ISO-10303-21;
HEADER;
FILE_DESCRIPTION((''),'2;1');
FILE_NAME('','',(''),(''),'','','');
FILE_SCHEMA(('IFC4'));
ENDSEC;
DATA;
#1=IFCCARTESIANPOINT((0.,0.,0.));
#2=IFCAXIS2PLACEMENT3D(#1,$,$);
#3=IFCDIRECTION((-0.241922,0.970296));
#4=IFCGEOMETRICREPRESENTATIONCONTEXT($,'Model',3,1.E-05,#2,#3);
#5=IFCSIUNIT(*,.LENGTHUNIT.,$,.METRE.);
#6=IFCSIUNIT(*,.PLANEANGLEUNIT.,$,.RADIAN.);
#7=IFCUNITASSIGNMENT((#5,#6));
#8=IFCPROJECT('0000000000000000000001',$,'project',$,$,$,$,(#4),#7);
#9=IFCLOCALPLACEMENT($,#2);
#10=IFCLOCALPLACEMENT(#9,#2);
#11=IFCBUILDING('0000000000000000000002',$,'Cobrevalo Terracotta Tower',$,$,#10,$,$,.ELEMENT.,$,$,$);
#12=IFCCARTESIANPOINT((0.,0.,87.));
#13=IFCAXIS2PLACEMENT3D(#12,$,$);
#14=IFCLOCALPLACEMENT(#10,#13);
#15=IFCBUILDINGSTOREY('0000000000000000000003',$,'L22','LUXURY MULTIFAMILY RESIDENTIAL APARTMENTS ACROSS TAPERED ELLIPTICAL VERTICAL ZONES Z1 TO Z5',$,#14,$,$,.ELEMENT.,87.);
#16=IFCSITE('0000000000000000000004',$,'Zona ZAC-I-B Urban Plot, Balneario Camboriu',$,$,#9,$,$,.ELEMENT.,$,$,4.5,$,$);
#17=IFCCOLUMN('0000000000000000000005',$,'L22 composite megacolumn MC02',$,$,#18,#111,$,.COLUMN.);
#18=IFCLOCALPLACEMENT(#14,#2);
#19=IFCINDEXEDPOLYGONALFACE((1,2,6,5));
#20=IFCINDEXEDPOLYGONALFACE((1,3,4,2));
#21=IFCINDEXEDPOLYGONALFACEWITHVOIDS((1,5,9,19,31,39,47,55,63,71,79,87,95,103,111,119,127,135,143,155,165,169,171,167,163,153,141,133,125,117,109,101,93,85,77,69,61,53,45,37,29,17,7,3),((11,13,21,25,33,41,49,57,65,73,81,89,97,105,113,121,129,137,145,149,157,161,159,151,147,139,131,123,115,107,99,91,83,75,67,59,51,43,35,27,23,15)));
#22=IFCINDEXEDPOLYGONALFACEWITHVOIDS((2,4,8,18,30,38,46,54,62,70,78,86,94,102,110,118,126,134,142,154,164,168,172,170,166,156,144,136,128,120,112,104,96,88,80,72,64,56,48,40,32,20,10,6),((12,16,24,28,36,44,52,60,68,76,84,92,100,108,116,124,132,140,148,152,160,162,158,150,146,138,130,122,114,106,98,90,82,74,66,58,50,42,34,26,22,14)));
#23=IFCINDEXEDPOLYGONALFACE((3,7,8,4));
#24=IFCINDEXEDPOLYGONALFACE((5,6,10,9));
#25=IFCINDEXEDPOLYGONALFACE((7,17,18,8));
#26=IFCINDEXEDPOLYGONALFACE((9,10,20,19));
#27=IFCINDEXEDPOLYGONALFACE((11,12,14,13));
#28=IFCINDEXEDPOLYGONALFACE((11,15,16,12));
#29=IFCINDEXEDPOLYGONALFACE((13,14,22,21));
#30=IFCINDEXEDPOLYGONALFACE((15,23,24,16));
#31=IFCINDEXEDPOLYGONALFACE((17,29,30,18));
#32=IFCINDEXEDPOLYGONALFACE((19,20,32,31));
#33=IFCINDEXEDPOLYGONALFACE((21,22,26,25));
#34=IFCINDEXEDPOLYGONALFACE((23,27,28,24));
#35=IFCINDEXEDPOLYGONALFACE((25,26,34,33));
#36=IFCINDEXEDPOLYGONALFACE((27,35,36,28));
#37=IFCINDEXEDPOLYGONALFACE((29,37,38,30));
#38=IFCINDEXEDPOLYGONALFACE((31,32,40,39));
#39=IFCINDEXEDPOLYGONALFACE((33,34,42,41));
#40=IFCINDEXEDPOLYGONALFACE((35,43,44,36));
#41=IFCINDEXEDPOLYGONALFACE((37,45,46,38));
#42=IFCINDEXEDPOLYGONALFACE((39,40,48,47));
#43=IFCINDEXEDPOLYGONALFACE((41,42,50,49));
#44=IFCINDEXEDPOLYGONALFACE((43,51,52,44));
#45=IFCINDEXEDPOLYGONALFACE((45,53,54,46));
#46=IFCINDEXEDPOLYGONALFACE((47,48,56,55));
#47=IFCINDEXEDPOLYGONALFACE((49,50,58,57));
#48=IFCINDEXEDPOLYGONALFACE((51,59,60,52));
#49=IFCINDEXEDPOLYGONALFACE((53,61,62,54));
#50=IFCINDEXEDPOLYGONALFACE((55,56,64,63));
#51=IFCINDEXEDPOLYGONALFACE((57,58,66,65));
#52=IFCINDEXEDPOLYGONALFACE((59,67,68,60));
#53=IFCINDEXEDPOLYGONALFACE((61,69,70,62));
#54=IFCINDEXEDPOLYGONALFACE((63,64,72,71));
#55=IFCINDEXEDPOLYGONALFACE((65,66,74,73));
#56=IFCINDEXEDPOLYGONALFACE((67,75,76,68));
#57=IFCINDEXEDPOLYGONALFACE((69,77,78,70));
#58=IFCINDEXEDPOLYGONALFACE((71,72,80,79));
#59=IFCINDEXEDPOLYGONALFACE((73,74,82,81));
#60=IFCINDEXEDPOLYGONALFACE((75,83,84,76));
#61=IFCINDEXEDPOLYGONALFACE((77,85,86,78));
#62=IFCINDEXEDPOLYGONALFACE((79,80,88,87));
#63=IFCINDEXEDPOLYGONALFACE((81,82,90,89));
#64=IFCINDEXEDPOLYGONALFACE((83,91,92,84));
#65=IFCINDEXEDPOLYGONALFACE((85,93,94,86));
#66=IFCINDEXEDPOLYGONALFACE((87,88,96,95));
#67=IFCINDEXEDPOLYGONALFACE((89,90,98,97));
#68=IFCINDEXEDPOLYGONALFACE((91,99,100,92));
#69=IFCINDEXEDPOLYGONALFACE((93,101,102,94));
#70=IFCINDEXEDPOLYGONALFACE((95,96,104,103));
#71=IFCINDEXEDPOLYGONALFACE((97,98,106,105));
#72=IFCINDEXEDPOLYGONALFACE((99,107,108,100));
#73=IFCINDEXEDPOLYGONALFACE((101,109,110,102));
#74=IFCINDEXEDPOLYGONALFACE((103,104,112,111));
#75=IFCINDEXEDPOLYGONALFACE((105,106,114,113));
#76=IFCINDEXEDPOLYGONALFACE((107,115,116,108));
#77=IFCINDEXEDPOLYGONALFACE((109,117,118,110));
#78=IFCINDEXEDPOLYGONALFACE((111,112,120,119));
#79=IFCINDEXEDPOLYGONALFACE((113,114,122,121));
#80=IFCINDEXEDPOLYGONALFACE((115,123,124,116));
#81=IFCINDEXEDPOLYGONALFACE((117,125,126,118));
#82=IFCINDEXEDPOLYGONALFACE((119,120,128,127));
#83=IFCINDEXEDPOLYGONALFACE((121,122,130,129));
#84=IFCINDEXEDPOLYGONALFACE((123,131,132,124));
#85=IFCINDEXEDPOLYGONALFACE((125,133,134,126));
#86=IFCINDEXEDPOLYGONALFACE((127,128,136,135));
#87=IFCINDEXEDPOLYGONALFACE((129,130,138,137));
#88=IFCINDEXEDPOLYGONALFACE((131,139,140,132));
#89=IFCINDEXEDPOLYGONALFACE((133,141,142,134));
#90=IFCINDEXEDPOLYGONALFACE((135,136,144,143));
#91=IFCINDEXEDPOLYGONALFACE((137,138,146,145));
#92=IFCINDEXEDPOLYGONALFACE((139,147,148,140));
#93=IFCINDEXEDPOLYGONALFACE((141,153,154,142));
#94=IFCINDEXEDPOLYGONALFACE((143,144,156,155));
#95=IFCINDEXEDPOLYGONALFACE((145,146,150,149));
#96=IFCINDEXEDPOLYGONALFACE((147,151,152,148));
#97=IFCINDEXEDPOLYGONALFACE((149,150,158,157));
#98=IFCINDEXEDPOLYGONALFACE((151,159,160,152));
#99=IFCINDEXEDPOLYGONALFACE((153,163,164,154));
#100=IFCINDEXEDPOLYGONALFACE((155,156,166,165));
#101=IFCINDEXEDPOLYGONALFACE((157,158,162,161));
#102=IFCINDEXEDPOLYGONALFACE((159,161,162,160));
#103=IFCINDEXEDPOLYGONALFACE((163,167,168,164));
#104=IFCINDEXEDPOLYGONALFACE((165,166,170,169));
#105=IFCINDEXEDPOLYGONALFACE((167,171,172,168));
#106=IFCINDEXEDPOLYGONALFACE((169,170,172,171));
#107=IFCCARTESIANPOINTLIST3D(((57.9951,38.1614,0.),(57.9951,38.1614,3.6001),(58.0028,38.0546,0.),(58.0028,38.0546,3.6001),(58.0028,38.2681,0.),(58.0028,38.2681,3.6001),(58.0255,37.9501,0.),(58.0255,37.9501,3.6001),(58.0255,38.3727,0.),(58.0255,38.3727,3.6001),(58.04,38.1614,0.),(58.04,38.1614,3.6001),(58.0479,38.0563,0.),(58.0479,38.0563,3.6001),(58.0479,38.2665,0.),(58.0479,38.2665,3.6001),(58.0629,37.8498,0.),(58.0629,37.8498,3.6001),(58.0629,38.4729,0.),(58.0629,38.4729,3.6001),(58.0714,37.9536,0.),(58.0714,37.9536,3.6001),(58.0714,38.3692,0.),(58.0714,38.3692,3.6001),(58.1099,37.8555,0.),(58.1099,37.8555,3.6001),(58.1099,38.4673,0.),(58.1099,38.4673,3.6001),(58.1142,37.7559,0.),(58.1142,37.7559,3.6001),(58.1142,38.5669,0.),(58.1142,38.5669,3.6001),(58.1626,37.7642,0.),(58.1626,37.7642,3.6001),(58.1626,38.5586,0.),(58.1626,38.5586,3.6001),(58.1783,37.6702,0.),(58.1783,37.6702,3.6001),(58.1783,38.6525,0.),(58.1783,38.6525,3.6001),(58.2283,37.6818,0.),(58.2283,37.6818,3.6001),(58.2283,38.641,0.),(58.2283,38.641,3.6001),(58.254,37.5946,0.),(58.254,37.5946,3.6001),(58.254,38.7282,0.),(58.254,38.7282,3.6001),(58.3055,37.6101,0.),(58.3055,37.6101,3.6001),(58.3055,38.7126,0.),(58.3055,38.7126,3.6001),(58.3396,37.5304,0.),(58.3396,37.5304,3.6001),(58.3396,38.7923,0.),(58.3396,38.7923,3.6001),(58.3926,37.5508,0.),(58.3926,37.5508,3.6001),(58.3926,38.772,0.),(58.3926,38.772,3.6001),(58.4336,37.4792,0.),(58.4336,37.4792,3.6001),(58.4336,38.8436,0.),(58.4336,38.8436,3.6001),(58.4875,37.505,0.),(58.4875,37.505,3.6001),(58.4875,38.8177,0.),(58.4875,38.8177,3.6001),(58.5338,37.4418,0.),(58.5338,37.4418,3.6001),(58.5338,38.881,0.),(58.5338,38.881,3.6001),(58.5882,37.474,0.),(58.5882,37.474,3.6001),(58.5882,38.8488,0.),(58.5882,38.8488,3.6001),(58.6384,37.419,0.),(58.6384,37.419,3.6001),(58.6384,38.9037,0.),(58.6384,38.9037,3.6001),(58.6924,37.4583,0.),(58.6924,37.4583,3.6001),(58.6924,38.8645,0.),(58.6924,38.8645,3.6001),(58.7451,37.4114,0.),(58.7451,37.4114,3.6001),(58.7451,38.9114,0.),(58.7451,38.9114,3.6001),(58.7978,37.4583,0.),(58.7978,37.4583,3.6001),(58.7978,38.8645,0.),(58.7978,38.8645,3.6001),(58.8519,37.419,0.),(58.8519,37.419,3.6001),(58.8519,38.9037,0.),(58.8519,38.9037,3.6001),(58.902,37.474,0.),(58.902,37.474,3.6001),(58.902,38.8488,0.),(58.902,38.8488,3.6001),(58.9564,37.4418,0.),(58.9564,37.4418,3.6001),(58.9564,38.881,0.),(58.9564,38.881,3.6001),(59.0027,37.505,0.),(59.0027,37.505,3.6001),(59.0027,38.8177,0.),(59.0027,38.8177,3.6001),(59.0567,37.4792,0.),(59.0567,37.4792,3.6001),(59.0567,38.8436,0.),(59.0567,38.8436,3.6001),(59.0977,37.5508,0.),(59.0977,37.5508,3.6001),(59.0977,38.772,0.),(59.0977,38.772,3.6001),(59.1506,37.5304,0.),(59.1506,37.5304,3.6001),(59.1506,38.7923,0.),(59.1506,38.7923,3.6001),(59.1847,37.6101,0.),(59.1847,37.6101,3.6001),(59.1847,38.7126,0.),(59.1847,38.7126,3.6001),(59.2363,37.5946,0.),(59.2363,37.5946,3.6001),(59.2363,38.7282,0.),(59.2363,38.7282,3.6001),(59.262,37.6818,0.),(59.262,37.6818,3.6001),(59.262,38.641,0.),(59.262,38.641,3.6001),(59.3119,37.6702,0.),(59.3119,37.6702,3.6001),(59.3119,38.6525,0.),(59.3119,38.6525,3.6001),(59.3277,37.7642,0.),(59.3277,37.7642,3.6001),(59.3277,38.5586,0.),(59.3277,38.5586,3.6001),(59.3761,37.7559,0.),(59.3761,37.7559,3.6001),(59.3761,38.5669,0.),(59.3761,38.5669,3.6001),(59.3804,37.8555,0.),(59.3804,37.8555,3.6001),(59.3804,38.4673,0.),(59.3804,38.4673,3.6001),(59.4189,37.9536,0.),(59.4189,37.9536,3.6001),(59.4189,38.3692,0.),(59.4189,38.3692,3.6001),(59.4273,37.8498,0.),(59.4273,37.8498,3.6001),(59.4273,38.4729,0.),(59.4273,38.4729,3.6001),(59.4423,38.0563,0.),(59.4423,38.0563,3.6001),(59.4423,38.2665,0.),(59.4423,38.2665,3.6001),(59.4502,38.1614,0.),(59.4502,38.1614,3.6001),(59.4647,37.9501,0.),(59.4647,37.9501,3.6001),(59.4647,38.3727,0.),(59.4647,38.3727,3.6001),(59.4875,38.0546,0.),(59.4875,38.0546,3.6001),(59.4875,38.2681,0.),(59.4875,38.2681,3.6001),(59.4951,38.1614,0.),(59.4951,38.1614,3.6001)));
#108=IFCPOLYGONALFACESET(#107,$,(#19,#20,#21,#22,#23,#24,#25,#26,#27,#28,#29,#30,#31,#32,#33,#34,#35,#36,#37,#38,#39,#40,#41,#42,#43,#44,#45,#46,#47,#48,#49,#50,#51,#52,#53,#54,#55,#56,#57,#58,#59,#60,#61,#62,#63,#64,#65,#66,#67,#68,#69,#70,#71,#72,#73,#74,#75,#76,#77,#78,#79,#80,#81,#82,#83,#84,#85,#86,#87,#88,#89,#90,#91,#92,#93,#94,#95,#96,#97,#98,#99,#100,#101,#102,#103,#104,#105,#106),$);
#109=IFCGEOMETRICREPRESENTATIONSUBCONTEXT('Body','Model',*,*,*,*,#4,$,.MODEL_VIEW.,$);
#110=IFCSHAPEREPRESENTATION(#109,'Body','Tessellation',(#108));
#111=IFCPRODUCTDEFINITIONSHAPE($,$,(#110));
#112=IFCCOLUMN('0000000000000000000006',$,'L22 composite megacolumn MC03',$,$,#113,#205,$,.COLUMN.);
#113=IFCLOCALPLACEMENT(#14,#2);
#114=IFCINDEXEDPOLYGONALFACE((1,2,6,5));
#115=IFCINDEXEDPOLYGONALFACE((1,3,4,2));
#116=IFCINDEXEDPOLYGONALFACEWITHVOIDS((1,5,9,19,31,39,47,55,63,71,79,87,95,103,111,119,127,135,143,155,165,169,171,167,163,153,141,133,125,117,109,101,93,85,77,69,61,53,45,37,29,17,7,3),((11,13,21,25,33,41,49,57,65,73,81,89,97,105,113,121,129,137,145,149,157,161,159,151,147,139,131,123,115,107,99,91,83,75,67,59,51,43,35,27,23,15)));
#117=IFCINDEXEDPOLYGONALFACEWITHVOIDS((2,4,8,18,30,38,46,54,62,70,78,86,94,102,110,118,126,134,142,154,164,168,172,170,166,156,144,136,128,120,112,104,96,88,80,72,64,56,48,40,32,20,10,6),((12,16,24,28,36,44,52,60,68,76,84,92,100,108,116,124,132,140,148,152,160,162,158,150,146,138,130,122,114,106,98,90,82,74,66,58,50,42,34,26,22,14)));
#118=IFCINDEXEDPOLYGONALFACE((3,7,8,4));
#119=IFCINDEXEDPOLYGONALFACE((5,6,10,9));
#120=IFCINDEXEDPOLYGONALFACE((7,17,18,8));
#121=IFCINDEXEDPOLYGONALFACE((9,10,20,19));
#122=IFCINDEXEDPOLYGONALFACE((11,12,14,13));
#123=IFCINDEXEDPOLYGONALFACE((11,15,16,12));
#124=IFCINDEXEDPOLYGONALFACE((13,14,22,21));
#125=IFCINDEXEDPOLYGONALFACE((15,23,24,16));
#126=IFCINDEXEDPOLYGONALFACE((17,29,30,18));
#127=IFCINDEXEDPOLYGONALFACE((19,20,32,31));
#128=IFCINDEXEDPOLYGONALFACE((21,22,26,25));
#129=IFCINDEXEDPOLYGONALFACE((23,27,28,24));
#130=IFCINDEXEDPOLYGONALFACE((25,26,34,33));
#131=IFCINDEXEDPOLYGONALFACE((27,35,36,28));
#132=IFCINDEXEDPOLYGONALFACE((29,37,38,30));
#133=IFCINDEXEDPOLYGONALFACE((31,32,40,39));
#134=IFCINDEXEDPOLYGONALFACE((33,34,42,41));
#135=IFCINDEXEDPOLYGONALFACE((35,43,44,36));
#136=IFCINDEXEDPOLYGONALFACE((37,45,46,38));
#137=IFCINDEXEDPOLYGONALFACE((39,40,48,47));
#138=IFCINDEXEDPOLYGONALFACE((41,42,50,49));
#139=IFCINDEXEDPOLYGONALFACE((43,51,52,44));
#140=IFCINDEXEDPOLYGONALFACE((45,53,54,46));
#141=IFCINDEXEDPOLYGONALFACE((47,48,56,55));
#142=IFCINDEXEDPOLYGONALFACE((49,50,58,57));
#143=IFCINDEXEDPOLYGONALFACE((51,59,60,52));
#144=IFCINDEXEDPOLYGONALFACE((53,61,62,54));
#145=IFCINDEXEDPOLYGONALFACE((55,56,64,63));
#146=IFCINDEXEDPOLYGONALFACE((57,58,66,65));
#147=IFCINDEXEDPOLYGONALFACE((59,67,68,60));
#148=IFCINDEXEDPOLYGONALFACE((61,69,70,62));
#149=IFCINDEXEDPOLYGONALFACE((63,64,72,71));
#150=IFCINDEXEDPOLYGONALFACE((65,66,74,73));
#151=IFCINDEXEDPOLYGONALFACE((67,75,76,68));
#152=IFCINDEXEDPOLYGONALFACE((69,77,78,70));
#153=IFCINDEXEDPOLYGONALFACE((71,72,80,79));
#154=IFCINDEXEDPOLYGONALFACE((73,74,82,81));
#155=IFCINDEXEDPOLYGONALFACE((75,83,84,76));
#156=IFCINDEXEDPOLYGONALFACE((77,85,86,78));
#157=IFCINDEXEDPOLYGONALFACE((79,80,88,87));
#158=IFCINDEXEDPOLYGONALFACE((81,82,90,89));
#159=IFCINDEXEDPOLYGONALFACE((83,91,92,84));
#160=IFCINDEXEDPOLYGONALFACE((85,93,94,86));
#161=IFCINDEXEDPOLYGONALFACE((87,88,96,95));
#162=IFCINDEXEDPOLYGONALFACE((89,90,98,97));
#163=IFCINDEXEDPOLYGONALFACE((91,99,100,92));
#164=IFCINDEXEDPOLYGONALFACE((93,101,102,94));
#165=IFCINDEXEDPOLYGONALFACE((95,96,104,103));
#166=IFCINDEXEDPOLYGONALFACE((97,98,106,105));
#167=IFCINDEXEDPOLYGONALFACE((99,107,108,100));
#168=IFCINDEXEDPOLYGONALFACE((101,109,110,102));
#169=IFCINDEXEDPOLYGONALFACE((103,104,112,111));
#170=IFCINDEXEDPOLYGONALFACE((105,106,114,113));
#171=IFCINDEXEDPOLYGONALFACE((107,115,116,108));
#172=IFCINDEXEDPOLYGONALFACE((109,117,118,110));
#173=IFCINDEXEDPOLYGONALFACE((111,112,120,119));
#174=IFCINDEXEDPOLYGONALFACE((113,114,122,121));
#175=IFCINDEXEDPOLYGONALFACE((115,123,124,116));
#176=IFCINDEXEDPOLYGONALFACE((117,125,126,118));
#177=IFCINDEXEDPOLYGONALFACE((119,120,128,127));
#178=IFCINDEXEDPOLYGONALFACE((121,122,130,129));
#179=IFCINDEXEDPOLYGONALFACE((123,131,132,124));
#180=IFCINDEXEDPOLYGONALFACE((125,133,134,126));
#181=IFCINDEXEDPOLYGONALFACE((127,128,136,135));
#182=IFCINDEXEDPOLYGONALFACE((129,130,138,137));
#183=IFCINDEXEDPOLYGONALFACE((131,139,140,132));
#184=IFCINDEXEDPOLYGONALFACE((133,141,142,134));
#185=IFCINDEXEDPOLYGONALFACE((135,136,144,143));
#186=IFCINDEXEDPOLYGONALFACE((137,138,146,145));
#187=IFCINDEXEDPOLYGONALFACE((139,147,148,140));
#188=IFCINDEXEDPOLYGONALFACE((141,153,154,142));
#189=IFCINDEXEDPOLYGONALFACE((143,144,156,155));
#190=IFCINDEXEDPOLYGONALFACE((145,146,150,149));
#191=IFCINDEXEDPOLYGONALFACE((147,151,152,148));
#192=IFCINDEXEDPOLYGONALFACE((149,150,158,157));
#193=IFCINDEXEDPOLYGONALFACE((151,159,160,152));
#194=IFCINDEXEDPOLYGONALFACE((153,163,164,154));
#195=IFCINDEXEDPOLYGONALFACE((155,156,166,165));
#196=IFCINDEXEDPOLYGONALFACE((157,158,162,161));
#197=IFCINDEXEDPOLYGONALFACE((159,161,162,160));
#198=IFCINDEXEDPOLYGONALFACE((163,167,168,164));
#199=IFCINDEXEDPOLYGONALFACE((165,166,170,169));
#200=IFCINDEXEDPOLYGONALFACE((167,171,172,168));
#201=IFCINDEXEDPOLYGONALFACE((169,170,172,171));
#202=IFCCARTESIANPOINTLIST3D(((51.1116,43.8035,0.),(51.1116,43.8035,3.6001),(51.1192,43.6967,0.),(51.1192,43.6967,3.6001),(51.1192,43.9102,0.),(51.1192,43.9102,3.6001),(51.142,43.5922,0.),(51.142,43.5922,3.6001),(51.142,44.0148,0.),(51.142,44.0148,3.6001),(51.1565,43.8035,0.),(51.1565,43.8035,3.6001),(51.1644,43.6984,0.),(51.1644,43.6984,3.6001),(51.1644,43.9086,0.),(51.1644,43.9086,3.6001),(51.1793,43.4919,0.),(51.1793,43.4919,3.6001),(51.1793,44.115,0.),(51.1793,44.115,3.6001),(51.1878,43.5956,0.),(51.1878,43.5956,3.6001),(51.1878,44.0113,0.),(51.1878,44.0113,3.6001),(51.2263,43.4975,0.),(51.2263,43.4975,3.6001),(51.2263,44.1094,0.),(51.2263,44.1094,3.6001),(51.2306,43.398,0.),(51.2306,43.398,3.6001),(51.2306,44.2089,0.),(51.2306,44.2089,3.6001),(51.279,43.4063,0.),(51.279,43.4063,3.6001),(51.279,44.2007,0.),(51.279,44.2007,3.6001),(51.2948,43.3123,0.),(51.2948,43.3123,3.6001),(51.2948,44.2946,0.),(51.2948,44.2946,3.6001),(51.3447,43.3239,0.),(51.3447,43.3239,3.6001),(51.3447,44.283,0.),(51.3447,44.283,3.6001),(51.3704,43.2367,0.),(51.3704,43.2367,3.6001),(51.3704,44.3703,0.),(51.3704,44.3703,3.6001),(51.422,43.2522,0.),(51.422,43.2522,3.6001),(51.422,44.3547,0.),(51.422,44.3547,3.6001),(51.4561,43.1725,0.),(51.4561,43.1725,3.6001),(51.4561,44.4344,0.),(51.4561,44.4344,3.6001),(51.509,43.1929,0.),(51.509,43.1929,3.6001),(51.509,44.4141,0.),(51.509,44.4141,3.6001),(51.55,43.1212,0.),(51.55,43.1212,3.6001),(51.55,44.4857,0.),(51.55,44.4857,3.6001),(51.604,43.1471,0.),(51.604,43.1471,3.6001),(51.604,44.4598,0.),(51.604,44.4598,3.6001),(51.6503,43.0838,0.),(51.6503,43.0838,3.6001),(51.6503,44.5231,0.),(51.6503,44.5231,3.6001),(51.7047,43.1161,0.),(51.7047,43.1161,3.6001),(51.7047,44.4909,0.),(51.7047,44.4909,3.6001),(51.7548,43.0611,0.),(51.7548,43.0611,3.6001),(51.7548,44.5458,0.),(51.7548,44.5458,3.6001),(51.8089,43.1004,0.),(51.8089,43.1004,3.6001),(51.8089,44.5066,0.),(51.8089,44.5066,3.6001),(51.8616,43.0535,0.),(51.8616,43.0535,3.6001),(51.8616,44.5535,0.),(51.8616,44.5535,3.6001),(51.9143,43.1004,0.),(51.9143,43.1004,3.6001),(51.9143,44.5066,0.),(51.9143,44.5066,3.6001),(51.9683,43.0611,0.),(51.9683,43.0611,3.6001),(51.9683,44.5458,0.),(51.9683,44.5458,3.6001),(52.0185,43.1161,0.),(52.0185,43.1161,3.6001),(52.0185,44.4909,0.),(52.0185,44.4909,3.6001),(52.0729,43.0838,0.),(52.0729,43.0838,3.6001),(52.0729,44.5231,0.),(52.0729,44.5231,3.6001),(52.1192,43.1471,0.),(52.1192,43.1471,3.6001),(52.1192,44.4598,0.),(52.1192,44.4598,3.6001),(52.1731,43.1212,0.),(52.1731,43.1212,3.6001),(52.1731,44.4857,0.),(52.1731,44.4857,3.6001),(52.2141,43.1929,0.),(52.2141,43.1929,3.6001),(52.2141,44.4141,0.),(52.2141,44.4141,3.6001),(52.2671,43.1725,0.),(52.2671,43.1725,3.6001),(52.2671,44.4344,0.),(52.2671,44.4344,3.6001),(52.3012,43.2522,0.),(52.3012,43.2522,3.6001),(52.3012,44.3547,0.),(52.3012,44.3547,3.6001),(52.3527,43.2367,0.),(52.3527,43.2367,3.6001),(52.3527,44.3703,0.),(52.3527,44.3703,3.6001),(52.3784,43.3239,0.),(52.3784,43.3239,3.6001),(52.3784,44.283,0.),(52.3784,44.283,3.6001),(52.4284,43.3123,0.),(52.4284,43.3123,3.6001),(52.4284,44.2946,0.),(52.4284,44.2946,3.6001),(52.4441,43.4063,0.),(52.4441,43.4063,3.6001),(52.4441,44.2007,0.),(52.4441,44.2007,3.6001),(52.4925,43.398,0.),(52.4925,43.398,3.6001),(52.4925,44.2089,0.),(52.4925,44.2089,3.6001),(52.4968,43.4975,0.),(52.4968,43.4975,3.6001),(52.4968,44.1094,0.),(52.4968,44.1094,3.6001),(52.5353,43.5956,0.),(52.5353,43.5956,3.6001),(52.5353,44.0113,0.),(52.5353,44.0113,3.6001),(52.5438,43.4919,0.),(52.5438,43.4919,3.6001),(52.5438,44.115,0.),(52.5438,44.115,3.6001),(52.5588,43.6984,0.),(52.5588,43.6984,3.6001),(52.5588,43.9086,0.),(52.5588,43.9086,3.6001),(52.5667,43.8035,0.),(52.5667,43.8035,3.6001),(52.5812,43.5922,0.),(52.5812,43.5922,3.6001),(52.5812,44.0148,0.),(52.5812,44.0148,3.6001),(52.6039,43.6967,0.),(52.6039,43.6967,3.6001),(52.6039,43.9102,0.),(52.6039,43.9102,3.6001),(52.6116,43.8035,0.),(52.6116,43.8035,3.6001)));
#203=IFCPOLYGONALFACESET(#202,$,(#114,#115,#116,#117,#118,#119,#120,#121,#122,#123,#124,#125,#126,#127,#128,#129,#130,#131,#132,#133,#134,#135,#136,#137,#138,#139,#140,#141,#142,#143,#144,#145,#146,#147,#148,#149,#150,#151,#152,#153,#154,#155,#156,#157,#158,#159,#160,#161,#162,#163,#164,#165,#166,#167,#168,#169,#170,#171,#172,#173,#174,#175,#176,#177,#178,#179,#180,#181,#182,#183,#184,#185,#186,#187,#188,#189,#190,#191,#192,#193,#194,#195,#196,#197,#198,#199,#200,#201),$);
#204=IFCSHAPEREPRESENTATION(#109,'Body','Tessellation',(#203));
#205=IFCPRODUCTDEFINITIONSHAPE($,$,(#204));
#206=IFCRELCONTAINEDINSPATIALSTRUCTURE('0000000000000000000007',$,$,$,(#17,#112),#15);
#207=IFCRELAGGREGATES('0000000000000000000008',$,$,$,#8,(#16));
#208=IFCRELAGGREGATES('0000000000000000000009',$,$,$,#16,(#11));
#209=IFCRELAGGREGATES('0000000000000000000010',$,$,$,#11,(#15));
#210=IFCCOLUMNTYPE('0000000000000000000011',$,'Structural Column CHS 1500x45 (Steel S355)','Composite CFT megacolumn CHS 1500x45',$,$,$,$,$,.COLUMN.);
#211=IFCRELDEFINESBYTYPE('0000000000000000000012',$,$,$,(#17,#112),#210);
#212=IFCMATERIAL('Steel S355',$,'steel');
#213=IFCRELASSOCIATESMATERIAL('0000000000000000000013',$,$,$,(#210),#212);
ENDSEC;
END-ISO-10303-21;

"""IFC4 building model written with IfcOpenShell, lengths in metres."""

from ifc_helpers import new_model, si_unit, direction, frame, origin, origin_2d, place, context, subcontext, project, spatial, hollow_circle, extrude, material, material_profile, profile_set, type_object, element, save


model = new_model("IFC4")

# Units and contexts
model_context = context("Model", 3, precision=1e-05, world=origin(), true_north=direction((-0.241922, 0.970296)))
body_context = subcontext(model_context, "Body", "Model", "MODEL_VIEW")
ifc_project = project(units=[si_unit("LENGTHUNIT", "METRE"), si_unit("PLANEANGLEUNIT", "RADIAN")], contexts=[model_context])

# Site, building, storey
site_placement = place(None, origin())
site = spatial("IfcSite", under=ifc_project, at=site_placement, Name="Zona ZAC-I-B Urban Plot, Balneario Camboriu", CompositionType="ELEMENT", RefElevation=4.5)
building_placement = place(site_placement, origin())
building = spatial("IfcBuilding", under=site, at=building_placement, Name="Cobrevalo Terracotta Tower", CompositionType="ELEMENT")
storey_placement = place(building_placement, frame((0.0, 0.0, 87.0)))
storey = spatial("IfcBuildingStorey", under=building, at=storey_placement, Name="L22", Description="LUXURY MULTIFAMILY RESIDENTIAL APARTMENTS ACROSS TAPERED ELLIPTICAL VERTICAL ZONES Z1 TO Z5", CompositionType="ELEMENT", Elevation=87.0)

# Columns
ifc_material_1 = material(Name="Steel S355", Category="steel")
ifc_material_profile_1 = material_profile(ifc_material_1, hollow_circle(Radius=0.75, WallThickness=0.0449, at=origin_2d()), Name="CHS 1500x45")
ifc_profile_set_1 = profile_set([ifc_material_profile_1], Name="Steel S355")
column_type = type_object("IfcColumnType", Name="Structural Column CHS 1500x45 (Steel S355)", Description="Composite CFT megacolumn CHS 1500x45", PredefinedType="COLUMN", material=ifc_profile_set_1)
for number, where, z_axis, x_axis, name in (
    (1, (58.7451, 38.1614, 0.0), (0.0, 0.0, 1.0), (1.0, 0.0, 0.0), "L22 composite megacolumn MC02"),
    (2, (51.8616, 43.8035, 0.0), (0.0, 0.0, 1.0), (1.0, 0.0, 0.0), "L22 composite megacolumn MC03"),
):
    element("IfcColumn", number, at=place(storey_placement, frame(where, z_axis=z_axis, x_axis=x_axis)), inside=storey, type_object=column_type, Name=name, PredefinedType="COLUMN", context=body_context, shape_type="SweptSolid", body=[
        extrude(hollow_circle(Radius=0.75, WallThickness=0.0449, at=origin_2d()), origin(), (0.0, 0.0, 1.0), 3.6001),
    ])

save(model, "model.ifc")
